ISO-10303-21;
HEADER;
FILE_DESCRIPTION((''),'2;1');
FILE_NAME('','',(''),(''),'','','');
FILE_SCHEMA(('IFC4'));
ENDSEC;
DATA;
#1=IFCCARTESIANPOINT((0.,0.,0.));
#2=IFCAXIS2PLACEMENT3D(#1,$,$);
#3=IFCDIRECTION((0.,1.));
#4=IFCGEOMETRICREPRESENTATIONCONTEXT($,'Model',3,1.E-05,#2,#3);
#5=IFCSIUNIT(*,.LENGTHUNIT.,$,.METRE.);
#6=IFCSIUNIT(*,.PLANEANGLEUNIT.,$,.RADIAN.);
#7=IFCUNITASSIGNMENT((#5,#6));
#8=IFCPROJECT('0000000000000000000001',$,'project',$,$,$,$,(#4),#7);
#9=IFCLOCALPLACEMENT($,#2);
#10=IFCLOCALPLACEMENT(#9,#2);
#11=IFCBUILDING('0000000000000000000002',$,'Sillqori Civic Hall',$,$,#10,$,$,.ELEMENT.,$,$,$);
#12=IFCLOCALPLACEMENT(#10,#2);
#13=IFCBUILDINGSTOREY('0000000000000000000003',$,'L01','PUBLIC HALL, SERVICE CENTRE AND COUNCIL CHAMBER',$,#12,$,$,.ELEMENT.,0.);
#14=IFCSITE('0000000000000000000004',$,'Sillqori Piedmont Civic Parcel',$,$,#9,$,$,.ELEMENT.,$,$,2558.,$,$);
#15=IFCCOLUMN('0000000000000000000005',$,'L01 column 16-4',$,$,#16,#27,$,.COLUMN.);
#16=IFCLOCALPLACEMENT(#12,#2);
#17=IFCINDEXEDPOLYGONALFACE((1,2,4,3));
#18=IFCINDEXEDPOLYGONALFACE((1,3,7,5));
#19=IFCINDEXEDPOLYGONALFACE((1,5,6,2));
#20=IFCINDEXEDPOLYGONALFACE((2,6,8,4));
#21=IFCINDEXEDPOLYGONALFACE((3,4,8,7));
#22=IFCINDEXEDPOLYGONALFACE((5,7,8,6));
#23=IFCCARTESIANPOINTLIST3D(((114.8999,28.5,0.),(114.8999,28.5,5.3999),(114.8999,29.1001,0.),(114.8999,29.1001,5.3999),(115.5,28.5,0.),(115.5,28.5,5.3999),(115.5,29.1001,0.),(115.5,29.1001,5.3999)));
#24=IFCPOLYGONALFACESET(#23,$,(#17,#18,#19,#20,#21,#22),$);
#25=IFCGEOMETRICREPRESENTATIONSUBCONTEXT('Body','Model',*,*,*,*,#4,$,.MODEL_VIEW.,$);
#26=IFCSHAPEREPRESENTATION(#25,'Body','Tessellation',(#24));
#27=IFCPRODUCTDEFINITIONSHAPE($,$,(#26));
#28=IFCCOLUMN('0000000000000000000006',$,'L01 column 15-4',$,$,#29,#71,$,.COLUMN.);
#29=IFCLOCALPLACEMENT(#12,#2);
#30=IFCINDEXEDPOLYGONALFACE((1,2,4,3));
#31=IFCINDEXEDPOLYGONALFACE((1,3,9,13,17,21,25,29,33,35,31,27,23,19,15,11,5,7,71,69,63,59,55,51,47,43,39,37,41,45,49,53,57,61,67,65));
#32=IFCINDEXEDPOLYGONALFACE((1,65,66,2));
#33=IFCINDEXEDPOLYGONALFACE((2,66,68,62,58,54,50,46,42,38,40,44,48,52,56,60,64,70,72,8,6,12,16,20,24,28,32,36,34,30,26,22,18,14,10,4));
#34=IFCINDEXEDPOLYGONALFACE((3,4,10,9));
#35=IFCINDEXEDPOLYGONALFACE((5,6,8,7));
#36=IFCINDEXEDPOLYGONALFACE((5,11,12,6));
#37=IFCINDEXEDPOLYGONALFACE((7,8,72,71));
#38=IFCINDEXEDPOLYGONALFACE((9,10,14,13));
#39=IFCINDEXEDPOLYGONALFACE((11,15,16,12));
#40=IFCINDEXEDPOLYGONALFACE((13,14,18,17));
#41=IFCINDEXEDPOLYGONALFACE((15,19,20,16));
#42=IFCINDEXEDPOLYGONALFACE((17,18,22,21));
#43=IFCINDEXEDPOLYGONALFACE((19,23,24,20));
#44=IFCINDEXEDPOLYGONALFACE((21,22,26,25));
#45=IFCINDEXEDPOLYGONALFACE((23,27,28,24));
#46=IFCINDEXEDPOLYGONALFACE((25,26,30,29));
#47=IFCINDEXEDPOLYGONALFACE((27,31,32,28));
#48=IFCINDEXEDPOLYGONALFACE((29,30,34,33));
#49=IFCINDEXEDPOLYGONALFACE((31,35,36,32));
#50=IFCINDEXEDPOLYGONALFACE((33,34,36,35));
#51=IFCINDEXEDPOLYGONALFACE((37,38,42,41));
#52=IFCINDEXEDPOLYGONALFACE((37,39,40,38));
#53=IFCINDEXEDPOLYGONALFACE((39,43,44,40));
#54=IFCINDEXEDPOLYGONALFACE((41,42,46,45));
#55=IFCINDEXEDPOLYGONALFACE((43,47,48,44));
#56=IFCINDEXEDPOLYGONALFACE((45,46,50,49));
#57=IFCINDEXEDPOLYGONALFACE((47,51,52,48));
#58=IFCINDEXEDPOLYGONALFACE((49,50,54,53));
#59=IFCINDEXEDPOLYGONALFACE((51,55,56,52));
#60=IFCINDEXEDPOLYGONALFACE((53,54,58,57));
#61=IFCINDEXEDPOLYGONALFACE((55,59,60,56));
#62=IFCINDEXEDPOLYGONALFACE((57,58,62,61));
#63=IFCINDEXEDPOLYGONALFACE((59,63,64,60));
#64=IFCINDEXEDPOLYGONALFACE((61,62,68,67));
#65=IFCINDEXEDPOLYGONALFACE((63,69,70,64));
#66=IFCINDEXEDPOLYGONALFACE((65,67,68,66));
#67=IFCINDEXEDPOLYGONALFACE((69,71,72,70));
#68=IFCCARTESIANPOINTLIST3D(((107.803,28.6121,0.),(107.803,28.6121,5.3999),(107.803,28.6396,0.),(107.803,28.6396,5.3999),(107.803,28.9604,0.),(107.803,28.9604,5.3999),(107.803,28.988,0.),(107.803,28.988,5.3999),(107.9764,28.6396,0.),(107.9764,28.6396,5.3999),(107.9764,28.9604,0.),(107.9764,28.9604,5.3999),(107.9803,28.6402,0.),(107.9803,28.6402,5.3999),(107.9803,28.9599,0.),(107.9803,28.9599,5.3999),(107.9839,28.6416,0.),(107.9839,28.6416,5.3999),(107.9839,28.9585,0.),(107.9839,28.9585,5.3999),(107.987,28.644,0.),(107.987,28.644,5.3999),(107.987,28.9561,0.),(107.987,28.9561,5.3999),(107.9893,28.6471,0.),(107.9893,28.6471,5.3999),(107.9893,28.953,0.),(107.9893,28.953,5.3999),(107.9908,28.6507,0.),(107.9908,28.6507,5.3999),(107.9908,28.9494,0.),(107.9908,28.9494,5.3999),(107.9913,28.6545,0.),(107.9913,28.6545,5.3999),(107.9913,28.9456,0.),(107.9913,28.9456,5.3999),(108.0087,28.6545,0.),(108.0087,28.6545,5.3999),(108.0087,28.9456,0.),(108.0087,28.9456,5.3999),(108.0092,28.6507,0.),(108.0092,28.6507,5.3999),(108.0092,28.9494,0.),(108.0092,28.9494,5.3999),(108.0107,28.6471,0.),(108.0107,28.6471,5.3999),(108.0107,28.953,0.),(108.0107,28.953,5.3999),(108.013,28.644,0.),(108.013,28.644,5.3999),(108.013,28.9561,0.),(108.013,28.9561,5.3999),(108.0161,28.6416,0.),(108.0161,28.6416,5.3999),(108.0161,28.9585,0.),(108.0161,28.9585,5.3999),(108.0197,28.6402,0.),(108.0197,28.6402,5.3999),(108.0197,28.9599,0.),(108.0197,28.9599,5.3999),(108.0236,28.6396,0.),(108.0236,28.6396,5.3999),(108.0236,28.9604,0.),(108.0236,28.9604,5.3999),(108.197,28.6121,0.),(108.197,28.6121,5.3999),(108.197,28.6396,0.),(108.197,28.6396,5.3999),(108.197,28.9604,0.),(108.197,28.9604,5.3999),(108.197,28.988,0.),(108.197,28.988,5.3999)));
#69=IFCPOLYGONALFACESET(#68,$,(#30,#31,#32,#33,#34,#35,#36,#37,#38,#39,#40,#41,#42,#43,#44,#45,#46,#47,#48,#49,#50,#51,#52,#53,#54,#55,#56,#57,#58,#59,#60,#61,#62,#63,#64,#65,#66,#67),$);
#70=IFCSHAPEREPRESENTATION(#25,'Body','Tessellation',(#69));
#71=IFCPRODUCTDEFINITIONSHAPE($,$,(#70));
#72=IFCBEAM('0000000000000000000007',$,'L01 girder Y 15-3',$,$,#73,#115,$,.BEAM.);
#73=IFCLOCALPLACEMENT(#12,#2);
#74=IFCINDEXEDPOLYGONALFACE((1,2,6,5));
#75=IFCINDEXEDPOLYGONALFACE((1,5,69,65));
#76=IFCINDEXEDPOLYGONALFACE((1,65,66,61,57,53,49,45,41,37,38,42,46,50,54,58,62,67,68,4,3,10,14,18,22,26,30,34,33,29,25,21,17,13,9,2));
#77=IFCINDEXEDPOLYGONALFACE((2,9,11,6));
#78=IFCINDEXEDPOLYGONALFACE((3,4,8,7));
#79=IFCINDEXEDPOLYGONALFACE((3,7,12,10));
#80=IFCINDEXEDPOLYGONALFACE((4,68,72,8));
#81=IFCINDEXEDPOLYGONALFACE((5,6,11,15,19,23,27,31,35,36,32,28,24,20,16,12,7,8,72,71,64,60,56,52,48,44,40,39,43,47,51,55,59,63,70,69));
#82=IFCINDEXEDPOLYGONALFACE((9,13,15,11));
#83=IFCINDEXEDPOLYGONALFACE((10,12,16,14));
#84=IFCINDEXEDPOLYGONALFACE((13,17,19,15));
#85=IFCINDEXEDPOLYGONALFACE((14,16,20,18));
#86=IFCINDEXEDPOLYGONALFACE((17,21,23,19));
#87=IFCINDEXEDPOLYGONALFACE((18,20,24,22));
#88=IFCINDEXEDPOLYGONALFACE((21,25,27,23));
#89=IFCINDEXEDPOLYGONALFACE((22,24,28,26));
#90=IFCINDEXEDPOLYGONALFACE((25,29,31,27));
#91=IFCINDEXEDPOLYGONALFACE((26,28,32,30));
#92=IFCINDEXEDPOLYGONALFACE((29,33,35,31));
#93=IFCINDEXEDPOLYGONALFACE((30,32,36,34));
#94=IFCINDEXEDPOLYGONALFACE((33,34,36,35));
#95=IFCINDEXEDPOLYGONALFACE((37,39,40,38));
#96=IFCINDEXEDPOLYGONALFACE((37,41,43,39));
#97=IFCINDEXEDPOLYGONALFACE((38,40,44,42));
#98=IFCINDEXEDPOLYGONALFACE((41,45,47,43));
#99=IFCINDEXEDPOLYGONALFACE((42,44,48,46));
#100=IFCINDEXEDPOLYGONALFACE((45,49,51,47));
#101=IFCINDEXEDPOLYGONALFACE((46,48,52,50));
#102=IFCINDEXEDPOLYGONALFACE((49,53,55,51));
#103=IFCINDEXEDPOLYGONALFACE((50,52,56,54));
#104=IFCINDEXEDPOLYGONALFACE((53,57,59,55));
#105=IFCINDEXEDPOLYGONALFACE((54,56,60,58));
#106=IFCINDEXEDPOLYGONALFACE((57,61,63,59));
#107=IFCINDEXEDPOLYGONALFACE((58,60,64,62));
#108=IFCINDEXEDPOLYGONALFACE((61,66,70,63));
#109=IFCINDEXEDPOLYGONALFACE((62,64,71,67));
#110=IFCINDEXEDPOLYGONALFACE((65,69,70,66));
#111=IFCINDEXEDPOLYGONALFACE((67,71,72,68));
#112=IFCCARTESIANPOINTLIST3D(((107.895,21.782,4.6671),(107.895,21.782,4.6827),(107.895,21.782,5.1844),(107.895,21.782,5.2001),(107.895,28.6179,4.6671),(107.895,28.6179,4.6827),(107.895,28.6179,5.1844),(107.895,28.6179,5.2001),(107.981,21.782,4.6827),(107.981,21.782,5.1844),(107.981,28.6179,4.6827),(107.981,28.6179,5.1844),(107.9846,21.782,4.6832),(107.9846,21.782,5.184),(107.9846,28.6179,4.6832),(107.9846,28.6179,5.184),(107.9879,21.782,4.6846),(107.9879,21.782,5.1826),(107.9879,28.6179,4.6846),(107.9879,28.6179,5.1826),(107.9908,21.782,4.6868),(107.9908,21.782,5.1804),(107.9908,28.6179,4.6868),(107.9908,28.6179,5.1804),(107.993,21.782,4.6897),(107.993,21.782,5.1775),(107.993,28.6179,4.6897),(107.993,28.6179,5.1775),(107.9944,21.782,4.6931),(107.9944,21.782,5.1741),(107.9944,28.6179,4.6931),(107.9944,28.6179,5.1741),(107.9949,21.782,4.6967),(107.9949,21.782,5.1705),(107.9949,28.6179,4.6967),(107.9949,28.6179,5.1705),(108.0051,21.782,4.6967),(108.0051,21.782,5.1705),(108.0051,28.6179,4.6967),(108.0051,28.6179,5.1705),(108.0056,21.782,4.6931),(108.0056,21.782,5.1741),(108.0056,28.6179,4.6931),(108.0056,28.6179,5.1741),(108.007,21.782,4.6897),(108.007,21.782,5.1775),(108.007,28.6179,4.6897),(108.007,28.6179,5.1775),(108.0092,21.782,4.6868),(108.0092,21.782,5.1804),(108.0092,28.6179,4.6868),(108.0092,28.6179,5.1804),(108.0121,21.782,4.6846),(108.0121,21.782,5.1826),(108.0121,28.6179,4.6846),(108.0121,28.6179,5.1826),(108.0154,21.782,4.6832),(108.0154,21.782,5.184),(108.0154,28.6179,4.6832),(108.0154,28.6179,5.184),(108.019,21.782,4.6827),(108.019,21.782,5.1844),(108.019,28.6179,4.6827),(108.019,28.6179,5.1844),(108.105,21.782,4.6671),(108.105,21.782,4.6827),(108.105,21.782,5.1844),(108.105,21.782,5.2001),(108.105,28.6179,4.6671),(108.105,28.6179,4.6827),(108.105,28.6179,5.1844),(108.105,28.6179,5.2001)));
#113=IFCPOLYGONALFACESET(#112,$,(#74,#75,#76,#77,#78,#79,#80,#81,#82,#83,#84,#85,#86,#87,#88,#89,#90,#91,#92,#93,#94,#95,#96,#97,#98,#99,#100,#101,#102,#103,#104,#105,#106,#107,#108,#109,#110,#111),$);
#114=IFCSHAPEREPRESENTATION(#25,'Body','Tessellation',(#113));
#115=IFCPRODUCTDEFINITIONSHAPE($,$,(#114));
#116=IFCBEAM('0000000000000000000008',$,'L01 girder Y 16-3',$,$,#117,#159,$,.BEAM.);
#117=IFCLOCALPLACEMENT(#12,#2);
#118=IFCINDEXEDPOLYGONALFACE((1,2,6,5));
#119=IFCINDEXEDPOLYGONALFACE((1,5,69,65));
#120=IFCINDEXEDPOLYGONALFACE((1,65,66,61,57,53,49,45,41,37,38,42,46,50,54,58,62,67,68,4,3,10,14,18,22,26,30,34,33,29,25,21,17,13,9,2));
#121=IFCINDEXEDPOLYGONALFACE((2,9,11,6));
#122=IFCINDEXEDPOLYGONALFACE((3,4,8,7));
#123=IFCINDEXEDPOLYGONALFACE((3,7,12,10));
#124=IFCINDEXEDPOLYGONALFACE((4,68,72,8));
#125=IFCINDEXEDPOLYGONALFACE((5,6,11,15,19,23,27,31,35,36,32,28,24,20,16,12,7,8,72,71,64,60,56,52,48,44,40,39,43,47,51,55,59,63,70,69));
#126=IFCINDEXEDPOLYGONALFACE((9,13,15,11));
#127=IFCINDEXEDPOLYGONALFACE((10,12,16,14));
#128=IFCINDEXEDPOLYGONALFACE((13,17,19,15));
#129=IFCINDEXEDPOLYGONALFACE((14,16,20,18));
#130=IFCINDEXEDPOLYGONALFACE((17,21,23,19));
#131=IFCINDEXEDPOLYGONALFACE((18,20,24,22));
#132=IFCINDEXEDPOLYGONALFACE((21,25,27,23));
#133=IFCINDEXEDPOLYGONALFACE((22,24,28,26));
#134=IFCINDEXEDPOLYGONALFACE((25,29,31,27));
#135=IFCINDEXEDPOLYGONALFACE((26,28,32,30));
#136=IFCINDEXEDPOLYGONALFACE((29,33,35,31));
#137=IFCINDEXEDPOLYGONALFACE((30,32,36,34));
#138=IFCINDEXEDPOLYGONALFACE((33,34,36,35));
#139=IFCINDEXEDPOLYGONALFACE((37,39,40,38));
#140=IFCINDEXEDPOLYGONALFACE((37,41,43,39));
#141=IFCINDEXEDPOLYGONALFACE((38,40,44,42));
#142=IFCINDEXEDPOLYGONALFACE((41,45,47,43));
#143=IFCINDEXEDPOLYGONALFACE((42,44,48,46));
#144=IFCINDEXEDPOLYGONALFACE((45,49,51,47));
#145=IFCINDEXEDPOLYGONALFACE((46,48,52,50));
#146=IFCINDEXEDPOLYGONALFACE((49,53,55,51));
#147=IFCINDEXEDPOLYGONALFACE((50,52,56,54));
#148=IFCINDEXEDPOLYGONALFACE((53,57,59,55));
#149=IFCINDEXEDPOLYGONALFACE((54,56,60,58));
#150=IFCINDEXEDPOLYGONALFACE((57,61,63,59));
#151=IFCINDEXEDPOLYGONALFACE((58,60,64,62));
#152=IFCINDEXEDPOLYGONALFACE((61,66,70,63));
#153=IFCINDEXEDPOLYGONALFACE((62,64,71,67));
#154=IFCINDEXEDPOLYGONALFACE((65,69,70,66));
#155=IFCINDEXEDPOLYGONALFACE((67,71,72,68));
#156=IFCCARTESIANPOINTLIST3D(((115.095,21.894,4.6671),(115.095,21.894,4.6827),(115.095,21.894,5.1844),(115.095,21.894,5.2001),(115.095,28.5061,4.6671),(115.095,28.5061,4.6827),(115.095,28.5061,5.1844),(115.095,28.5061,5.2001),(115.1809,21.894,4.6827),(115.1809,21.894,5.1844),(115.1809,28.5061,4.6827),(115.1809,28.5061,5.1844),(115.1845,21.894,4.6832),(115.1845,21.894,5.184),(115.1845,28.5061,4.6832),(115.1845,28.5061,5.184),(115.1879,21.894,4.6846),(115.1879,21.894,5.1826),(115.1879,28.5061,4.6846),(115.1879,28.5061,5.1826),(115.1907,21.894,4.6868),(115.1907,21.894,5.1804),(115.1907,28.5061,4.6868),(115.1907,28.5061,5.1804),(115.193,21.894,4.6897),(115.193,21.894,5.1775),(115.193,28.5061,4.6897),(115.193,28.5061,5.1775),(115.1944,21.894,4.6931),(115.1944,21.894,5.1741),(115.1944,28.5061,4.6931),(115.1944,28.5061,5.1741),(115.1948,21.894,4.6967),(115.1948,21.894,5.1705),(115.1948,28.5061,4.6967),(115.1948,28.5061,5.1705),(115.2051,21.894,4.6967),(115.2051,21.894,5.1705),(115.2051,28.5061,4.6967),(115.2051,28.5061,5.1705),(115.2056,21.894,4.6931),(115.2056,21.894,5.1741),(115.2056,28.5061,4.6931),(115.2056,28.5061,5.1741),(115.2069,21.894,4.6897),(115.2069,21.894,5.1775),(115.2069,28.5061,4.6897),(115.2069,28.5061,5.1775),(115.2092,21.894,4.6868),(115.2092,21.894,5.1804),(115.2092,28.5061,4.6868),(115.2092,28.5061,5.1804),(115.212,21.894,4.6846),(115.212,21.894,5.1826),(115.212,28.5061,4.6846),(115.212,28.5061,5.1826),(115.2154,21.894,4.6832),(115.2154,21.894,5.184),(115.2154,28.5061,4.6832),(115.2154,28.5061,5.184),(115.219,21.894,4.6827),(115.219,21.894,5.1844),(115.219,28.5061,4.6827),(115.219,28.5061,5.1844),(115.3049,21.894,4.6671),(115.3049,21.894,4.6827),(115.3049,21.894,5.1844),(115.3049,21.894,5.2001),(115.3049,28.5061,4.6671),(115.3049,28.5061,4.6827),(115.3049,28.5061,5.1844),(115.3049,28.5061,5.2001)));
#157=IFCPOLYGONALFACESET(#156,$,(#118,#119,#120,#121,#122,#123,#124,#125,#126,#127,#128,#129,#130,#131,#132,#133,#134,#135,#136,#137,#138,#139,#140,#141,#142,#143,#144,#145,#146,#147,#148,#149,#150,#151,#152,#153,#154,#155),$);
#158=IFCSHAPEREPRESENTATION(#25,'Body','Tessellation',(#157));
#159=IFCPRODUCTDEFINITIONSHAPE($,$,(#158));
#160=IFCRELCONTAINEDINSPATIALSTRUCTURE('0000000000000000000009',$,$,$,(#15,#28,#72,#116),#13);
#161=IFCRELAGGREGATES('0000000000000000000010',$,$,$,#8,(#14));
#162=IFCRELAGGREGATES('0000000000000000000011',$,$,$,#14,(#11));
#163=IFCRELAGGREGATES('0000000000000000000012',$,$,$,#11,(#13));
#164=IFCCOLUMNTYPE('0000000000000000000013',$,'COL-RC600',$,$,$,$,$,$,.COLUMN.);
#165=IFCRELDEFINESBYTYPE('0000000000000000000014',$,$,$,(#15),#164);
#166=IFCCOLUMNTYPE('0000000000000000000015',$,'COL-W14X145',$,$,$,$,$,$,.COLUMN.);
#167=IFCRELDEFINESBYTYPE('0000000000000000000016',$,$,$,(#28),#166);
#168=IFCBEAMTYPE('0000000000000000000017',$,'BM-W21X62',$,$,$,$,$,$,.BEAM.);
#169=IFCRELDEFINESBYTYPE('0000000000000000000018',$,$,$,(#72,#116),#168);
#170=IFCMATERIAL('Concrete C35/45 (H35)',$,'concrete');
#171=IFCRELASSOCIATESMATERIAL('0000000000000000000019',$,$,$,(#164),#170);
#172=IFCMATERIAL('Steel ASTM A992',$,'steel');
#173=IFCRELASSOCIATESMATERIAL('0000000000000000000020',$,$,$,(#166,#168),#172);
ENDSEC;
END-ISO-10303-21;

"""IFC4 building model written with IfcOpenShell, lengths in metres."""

from ifc_helpers import new_model, si_unit, direction, frame, origin, origin_2d, place, context, subcontext, project, spatial, rectangle, i_section, extrude, material, material_profile, profile_set, type_object, element, save


model = new_model("IFC4")

# Units and contexts
model_context = context("Model", 3, precision=1e-05, world=origin(), true_north=direction((0.0, 1.0)))
body_context = subcontext(model_context, "Body", "Model", "MODEL_VIEW")
ifc_project = project(units=[si_unit("LENGTHUNIT", "METRE"), si_unit("PLANEANGLEUNIT", "RADIAN")], contexts=[model_context])

# Site, building, storey
site_placement = place(None, origin())
site = spatial("IfcSite", under=ifc_project, at=site_placement, Name="Sillqori Piedmont Civic Parcel", CompositionType="ELEMENT", RefElevation=2558.0)
building_placement = place(site_placement, origin())
building = spatial("IfcBuilding", under=site, at=building_placement, Name="Sillqori Civic Hall", CompositionType="ELEMENT")
storey_placement = place(building_placement, origin())
storey = spatial("IfcBuildingStorey", under=building, at=storey_placement, Name="L01", Description="PUBLIC HALL, SERVICE CENTRE AND COUNCIL CHAMBER", CompositionType="ELEMENT", Elevation=0.0)

# Columns
ifc_material_1 = material(Name="Concrete C35/45 (H35)", Category="concrete")
ifc_material_profile_1 = material_profile(ifc_material_1, rectangle(XDim=0.6001, YDim=0.6001, at=origin_2d()), Name="RC 600x600")
ifc_profile_set_1 = profile_set([ifc_material_profile_1], Name="Concrete C35/45 (H35)")
column_type_1 = type_object("IfcColumnType", Name="COL-RC600", PredefinedType="COLUMN", material=ifc_profile_set_1)
column_1_placement = place(storey_placement, frame((115.2, 28.8, 0.0), z_axis=(0.0, 0.0, 1.0), x_axis=(1.0, 0.0, 0.0)))
element("IfcColumn", 1, at=column_1_placement, inside=storey, type_object=column_type_1, Name="L01 column 16-4", PredefinedType="COLUMN", context=body_context, shape_type="SweptSolid", body=[
    extrude(rectangle(XDim=0.6001, YDim=0.6001, at=origin_2d()), origin(), (0.0, 0.0, 1.0), 5.3999),
])
ifc_material_2 = material(Name="Steel ASTM A992", Category="steel")
ifc_material_profile_2 = material_profile(ifc_material_2, i_section(OverallWidth=0.394, OverallDepth=0.376, WebThickness=0.0173, FlangeThickness=0.0276, FilletRadius=0.0149, at=origin_2d()), Name="W14X145")
ifc_profile_set_2 = profile_set([ifc_material_profile_2], Name="Steel ASTM A992")
column_type_2 = type_object("IfcColumnType", Name="COL-W14X145", PredefinedType="COLUMN", material=ifc_profile_set_2)
column_2_placement = place(storey_placement, frame((108.0, 28.8, 0.0), z_axis=(0.0, 0.0, 1.0), x_axis=(1.0, 0.0, 0.0)))
element("IfcColumn", 2, at=column_2_placement, inside=storey, type_object=column_type_2, Name="L01 column 15-4", PredefinedType="COLUMN", context=body_context, shape_type="SweptSolid", body=[
    extrude(i_section(OverallWidth=0.394, OverallDepth=0.376, WebThickness=0.0173, FlangeThickness=0.0276, FilletRadius=0.0149, at=origin_2d()), origin(), (0.0, 0.0, 1.0), 5.3999),
])

# Beams
ifc_material_profile_3 = material_profile(ifc_material_2, i_section(OverallWidth=0.21, OverallDepth=0.533, WebThickness=0.0103, FlangeThickness=0.0156, FilletRadius=0.0139, at=origin_2d()), Name="W21X62")
ifc_profile_set_3 = profile_set([ifc_material_profile_3], Name="Steel ASTM A992")
beam_type_1 = type_object("IfcBeamType", Name="BM-W21X62", PredefinedType="BEAM", material=ifc_profile_set_3)
beam_1_placement = place(storey_placement, frame((108.0, 21.782, 4.9336), z_axis=(0.0, 1.0, 0.0), x_axis=(-1.0, 0.0, 0.0)))
element("IfcBeam", 3, at=beam_1_placement, inside=storey, type_object=beam_type_1, Name="L01 girder Y 15-3", PredefinedType="BEAM", context=body_context, shape_type="SweptSolid", body=[
    extrude(i_section(OverallWidth=0.21, OverallDepth=0.533, WebThickness=0.0103, FlangeThickness=0.0156, FilletRadius=0.0139, at=origin_2d()), origin(), (0.0, 0.0, 1.0), 6.8359),
])
beam_2_placement = place(storey_placement, frame((115.2, 21.894, 4.9336), z_axis=(0.0, 1.0, 0.0), x_axis=(-1.0, 0.0, 0.0)))
element("IfcBeam", 4, at=beam_2_placement, inside=storey, type_object=beam_type_1, Name="L01 girder Y 16-3", PredefinedType="BEAM", context=body_context, shape_type="SweptSolid", body=[
    extrude(i_section(OverallWidth=0.21, OverallDepth=0.533, WebThickness=0.0103, FlangeThickness=0.0156, FilletRadius=0.0139, at=origin_2d()), origin(), (0.0, 0.0, 1.0), 6.6121),
])

save(model, "model.ifc")
